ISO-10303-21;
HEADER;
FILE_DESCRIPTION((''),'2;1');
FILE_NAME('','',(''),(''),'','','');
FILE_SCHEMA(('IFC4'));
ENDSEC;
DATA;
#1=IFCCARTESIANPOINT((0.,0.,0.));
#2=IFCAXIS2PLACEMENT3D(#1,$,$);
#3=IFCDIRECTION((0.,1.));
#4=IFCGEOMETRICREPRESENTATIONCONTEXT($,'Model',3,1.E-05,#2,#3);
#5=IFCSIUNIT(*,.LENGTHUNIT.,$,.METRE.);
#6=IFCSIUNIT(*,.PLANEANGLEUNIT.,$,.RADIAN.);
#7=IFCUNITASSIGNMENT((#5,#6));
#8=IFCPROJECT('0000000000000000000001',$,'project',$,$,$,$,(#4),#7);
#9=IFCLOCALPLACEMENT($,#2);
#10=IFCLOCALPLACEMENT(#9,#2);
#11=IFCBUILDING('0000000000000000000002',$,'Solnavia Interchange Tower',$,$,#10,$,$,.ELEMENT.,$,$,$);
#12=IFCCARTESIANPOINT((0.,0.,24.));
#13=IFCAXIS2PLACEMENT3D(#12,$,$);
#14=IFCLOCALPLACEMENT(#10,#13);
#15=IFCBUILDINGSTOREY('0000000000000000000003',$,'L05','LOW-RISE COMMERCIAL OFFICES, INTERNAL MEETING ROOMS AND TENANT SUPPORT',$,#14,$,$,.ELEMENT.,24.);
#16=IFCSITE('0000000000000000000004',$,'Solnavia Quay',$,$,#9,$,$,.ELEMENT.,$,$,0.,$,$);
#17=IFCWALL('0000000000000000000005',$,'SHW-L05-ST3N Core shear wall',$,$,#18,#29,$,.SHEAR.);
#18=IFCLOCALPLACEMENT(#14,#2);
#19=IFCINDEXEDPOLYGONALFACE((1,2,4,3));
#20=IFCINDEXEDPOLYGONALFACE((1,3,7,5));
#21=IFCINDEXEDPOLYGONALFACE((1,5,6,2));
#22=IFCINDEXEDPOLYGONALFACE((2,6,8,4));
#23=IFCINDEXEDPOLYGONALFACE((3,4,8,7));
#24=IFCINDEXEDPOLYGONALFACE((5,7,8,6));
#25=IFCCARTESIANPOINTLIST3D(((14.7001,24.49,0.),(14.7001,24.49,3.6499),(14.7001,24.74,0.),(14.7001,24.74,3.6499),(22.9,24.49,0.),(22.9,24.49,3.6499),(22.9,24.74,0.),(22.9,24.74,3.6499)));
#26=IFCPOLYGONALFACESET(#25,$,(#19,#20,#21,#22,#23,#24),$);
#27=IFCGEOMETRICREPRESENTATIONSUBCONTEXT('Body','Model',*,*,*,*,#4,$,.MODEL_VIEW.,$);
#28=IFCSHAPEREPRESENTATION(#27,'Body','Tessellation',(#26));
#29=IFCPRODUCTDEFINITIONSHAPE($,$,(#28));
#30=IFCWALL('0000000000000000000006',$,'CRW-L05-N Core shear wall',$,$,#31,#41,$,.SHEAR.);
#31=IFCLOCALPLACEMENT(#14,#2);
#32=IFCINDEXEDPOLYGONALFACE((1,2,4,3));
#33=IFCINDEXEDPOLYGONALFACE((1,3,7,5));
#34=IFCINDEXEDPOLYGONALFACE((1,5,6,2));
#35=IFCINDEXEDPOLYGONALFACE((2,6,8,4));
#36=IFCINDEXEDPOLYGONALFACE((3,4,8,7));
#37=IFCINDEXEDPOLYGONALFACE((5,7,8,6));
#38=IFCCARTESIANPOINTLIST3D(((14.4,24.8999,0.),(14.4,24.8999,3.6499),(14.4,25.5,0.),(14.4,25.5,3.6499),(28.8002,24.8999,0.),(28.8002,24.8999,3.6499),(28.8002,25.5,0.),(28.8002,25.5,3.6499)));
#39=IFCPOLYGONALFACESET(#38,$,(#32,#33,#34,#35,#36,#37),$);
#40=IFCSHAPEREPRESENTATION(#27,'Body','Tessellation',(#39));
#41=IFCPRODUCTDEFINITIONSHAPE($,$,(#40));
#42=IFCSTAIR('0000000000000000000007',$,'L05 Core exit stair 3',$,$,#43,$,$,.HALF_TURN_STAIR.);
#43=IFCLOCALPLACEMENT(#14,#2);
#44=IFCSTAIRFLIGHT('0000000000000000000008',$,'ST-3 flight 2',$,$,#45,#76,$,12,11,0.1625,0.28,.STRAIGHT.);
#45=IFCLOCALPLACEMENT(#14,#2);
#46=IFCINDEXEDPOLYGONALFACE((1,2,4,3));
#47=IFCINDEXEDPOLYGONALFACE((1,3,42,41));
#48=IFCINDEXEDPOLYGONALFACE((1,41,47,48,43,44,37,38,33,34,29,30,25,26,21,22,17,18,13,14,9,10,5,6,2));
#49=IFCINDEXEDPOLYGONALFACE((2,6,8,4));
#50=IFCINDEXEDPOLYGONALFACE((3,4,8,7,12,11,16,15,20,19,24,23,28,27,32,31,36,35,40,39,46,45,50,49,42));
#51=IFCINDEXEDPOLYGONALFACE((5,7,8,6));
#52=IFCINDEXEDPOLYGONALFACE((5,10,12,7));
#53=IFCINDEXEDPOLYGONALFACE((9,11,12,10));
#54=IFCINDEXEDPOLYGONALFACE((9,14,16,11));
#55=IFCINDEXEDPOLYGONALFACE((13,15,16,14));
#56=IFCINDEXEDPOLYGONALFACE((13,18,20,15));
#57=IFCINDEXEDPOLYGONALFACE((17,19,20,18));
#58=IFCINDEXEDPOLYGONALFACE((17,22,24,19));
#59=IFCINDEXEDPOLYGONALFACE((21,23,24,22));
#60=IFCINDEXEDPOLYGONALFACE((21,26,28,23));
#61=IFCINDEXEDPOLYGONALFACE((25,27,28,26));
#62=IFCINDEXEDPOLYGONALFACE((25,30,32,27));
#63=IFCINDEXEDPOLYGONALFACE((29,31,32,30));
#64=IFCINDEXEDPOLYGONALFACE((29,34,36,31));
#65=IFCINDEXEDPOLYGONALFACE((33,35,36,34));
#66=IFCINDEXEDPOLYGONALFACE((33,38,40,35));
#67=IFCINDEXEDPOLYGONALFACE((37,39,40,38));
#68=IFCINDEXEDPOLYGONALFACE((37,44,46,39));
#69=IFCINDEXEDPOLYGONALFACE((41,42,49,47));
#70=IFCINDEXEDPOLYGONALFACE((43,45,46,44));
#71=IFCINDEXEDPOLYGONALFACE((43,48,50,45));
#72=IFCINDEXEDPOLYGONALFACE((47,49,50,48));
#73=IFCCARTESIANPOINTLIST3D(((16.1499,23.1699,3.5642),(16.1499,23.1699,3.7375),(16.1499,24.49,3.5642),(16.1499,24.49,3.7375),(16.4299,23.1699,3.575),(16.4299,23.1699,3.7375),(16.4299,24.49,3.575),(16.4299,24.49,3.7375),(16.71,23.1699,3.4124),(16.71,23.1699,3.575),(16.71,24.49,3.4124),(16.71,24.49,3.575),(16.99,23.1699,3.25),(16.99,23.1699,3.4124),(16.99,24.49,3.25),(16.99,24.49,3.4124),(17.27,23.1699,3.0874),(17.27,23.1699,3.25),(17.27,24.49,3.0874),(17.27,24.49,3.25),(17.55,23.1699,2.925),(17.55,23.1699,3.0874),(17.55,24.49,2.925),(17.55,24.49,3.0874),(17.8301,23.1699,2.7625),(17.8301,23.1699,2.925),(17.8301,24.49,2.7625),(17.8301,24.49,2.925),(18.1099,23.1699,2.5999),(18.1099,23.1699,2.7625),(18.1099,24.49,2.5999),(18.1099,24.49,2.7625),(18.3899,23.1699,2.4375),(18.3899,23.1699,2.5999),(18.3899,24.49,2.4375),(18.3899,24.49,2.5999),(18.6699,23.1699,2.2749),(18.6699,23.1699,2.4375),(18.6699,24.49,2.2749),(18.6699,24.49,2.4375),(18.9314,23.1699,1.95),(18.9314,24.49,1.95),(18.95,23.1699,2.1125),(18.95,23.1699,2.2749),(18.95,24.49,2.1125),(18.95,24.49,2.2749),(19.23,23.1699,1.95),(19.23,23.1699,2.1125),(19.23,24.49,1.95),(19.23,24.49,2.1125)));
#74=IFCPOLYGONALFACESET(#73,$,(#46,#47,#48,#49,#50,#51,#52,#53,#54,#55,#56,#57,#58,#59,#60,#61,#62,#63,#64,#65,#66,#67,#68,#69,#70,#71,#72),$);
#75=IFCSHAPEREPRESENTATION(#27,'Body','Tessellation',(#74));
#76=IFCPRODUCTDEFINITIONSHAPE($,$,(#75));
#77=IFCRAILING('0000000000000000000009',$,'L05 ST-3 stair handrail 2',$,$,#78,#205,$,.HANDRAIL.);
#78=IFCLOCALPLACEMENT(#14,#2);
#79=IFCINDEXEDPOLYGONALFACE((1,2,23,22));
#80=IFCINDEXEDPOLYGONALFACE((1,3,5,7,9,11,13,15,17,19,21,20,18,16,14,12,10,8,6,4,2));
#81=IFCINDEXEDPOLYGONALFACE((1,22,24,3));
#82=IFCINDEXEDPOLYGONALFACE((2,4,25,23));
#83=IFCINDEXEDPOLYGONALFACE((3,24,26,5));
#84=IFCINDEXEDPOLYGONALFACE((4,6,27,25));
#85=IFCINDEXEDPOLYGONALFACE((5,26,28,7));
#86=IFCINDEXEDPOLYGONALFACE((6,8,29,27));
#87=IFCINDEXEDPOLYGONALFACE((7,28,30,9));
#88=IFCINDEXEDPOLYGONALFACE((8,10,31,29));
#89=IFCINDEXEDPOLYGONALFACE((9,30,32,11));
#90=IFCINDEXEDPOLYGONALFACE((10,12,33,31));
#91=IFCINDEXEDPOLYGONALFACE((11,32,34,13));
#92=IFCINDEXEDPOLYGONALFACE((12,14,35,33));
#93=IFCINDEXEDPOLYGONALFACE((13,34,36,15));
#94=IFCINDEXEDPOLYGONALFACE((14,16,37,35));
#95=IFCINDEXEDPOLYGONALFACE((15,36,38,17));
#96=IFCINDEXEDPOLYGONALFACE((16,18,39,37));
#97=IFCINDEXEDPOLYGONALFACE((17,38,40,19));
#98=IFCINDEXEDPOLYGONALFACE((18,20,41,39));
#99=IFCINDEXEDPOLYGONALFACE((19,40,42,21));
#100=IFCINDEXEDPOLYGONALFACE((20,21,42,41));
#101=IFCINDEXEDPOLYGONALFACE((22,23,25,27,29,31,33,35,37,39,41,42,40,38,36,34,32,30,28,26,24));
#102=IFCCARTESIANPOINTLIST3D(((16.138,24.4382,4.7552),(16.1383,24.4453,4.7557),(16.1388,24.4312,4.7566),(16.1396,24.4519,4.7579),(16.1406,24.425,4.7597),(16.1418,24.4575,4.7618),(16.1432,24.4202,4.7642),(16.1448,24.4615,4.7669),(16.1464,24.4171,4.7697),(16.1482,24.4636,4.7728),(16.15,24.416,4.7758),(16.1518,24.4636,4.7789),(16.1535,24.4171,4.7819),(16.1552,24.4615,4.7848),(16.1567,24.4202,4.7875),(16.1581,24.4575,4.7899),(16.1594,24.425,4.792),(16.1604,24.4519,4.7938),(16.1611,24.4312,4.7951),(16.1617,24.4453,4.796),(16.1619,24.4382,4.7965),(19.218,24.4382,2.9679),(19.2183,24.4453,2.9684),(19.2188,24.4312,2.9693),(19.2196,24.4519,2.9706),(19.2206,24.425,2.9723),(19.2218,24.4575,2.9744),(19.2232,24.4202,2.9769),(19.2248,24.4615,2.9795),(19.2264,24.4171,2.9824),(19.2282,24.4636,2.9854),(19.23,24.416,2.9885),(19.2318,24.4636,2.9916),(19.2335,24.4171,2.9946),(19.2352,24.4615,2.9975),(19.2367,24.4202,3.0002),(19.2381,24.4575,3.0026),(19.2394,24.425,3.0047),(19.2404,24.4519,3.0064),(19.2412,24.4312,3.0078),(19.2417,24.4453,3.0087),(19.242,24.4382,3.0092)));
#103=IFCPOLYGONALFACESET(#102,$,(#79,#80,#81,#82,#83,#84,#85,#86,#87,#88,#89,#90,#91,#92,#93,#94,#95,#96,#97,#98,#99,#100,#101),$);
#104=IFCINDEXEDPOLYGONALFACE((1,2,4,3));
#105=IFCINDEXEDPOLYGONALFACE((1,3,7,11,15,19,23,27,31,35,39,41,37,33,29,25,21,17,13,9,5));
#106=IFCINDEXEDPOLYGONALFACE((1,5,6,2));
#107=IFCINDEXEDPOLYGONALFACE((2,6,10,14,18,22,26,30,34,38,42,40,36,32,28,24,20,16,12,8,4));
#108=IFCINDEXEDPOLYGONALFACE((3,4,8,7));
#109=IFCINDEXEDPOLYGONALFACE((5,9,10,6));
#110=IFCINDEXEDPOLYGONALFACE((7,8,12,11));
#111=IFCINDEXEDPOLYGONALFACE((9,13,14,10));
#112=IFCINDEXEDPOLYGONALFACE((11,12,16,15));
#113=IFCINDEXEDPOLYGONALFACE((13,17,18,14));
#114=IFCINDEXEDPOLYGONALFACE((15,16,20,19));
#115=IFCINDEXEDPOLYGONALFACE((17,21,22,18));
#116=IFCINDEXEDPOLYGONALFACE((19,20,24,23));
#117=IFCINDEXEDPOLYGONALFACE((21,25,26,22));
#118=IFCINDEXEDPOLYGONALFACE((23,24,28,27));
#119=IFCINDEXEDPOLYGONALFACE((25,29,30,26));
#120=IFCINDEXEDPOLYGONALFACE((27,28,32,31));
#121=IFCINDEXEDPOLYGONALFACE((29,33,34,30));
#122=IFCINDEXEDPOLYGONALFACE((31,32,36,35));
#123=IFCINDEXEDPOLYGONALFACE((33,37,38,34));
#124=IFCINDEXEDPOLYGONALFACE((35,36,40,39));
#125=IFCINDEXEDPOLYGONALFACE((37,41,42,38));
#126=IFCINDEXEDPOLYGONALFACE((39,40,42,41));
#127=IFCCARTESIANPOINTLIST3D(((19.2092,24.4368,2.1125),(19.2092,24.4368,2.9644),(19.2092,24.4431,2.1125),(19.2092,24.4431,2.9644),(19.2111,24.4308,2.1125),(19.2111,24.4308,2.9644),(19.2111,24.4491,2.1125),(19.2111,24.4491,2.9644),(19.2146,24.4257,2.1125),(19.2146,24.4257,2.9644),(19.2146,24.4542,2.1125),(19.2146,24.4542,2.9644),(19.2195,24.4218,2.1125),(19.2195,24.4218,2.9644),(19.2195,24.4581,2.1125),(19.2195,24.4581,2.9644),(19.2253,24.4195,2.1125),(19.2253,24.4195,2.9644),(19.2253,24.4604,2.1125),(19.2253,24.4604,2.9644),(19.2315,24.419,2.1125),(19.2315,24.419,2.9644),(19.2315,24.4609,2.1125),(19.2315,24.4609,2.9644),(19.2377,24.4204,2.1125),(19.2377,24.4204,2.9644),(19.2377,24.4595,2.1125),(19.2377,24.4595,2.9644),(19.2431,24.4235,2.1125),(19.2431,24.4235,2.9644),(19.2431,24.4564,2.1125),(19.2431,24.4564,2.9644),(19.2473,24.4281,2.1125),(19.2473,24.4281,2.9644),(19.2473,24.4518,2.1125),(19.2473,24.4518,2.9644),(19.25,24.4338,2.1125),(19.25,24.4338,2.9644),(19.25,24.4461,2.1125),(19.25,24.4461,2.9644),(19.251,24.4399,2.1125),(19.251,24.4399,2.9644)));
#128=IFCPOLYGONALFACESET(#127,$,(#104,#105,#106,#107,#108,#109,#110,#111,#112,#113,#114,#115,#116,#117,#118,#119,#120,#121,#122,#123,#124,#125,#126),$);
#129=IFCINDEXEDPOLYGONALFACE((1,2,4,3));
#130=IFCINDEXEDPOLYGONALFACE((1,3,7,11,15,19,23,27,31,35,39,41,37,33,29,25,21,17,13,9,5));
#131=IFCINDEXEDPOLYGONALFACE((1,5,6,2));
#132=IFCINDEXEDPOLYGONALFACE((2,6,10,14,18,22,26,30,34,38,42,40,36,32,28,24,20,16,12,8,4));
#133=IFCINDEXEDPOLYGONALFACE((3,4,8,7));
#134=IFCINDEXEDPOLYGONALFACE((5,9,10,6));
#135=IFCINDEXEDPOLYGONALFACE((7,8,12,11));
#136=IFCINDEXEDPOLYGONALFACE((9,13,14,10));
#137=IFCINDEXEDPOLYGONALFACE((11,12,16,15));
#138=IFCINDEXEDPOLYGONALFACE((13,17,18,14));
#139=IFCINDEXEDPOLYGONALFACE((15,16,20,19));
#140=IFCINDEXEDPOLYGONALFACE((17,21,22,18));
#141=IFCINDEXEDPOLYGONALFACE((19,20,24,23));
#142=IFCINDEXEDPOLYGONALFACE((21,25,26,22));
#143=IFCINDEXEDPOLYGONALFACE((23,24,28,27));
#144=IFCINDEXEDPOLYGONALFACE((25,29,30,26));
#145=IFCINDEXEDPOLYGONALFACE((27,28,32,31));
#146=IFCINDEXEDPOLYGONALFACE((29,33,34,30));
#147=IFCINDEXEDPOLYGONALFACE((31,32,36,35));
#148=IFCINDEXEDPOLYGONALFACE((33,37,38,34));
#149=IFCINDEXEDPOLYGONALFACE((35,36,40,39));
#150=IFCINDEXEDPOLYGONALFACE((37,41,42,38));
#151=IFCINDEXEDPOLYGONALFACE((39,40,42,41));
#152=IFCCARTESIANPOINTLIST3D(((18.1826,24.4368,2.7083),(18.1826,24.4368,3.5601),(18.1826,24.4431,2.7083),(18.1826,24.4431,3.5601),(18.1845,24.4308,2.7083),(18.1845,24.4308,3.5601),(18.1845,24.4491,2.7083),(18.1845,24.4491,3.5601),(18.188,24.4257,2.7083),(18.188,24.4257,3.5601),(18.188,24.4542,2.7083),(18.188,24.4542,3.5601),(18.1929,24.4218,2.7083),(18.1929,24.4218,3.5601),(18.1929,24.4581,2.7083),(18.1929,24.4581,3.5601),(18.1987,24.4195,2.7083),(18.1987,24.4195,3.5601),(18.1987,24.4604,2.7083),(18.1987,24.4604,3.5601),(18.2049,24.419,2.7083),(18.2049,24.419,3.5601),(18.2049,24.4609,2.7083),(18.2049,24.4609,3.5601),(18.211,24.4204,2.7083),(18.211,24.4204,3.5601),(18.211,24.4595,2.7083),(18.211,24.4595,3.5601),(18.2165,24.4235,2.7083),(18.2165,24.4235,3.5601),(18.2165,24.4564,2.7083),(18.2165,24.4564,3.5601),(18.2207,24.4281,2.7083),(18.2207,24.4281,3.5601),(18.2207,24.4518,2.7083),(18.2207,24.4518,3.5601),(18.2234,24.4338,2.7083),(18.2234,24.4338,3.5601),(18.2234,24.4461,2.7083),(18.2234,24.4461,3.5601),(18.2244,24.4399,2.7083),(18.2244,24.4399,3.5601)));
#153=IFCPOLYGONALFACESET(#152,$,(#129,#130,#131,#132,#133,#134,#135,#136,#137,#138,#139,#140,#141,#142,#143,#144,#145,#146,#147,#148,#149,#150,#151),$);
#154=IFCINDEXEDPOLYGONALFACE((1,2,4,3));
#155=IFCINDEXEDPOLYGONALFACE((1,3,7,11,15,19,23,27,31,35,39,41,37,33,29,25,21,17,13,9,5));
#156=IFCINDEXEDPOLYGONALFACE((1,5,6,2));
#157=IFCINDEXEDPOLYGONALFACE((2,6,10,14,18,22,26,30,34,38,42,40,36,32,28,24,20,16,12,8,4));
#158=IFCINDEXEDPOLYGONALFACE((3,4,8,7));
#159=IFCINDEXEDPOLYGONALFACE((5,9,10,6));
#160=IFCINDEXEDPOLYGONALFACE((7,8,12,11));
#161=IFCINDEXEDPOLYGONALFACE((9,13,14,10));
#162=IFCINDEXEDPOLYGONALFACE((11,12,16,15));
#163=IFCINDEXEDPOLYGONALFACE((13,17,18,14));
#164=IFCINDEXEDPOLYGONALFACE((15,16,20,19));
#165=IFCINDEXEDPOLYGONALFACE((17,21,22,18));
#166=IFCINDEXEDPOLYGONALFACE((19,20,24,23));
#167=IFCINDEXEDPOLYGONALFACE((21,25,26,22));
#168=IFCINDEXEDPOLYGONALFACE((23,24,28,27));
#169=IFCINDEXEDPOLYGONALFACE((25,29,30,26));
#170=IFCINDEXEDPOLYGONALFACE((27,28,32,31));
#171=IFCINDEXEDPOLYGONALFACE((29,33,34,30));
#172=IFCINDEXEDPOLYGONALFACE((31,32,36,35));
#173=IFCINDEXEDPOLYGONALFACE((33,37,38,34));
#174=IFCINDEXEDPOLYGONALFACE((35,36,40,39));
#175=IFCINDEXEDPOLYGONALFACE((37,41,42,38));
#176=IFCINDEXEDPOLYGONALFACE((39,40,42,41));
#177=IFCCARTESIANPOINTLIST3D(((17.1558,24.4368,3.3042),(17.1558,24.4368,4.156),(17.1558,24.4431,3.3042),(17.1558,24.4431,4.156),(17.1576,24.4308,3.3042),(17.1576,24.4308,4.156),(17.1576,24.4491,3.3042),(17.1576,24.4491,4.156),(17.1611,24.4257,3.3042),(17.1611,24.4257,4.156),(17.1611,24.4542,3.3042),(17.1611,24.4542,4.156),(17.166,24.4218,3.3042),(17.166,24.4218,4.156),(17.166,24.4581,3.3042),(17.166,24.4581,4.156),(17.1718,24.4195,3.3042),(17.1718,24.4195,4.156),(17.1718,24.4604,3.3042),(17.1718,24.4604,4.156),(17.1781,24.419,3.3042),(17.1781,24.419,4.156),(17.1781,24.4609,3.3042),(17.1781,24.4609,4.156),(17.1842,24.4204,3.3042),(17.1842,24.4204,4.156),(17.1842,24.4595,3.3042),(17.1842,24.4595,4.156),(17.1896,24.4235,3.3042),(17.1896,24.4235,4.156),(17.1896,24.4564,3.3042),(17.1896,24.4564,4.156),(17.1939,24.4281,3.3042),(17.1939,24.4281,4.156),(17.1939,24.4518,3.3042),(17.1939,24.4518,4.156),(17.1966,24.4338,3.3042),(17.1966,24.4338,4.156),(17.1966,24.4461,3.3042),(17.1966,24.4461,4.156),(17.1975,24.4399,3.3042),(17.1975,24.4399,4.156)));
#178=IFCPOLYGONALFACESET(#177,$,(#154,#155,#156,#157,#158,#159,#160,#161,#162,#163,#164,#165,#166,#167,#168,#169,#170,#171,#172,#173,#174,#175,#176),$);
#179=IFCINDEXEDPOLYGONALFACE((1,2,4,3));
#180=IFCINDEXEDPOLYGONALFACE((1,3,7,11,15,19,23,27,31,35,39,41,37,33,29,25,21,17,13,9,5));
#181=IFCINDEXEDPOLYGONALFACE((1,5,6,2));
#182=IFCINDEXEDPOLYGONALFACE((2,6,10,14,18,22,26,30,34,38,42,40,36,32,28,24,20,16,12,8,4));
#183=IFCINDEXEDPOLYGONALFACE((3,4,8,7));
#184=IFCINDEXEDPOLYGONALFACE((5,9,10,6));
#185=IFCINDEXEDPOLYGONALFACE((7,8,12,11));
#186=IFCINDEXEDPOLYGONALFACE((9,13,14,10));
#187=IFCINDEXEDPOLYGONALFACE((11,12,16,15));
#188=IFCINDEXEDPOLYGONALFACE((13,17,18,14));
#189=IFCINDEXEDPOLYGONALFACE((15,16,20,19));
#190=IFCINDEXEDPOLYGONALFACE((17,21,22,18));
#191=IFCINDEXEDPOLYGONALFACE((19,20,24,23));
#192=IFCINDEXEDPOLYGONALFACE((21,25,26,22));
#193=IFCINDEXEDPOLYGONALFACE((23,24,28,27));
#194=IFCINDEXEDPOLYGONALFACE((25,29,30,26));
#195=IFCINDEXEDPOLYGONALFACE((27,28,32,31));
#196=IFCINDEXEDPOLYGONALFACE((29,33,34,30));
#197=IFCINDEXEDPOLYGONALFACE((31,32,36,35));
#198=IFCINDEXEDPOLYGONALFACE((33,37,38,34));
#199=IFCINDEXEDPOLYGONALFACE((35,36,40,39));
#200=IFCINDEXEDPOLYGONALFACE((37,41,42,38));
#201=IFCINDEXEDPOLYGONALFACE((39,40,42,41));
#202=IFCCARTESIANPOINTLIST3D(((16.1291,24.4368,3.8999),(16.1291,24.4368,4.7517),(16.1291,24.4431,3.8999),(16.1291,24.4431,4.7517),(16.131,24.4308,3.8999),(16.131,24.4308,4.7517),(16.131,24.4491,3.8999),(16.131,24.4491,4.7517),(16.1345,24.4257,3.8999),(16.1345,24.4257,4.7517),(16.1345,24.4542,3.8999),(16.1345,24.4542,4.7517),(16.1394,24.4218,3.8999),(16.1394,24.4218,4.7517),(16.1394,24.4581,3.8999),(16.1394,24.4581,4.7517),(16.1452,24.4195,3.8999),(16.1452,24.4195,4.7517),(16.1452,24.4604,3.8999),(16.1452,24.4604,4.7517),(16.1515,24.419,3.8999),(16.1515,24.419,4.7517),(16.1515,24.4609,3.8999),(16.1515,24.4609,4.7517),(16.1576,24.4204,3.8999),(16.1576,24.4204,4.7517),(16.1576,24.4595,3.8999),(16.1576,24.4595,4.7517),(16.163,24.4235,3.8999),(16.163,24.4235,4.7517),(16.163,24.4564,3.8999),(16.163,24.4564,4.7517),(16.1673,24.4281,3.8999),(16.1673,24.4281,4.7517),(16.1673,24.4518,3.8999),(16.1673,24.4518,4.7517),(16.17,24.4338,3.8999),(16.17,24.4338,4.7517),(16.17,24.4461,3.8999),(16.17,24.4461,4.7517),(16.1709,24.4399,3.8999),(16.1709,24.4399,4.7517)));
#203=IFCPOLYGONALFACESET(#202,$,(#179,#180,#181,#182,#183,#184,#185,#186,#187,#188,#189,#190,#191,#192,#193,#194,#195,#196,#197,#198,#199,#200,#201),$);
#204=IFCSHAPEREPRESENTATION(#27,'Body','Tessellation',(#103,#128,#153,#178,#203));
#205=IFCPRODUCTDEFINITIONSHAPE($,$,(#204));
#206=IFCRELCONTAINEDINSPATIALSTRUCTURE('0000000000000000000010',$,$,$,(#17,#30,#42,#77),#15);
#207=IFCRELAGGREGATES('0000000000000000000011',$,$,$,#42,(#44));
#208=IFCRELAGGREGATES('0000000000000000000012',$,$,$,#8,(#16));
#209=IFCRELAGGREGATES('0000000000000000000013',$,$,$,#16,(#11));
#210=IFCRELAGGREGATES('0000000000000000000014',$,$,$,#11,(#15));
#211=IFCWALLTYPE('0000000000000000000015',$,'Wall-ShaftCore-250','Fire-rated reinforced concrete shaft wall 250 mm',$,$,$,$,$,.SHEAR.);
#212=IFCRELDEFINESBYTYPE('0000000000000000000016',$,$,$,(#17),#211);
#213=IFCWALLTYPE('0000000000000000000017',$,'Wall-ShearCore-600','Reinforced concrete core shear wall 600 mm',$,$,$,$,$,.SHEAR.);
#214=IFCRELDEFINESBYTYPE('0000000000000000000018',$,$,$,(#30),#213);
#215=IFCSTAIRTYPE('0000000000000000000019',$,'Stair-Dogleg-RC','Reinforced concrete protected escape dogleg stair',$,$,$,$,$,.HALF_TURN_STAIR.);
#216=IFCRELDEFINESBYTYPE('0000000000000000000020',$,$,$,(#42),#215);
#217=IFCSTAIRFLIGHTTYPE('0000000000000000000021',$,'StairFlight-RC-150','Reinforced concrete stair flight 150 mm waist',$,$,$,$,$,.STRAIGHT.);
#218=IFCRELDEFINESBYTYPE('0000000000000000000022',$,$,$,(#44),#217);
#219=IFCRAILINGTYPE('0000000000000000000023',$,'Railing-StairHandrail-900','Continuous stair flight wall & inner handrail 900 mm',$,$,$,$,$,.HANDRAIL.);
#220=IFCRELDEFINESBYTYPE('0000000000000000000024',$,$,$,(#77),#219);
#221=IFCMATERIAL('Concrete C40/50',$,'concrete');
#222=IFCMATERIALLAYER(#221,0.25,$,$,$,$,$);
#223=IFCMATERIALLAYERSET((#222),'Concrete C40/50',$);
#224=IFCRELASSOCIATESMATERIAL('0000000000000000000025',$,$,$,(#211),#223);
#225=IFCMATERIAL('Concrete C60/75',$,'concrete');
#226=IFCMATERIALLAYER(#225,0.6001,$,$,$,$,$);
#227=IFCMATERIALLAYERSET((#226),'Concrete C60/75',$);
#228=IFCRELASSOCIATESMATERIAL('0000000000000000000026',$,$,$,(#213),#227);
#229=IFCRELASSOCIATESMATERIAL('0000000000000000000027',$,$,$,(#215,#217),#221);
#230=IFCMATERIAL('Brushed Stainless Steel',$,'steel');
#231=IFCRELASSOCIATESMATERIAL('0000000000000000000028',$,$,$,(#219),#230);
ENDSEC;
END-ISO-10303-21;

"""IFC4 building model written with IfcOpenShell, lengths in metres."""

from ifc_helpers import new_model, si_unit, direction, frame, frame_2d, origin, origin_2d, place, context, subcontext, project, spatial, polyline, rectangle, circle, outline, extrude, material, layer, layer_set, type_object, element, aggregate, save


model = new_model("IFC4")

# Units and contexts
model_context = context("Model", 3, precision=1e-05, world=origin(), true_north=direction((0.0, 1.0)))
body_context = subcontext(model_context, "Body", "Model", "MODEL_VIEW")
ifc_project = project(units=[si_unit("LENGTHUNIT", "METRE"), si_unit("PLANEANGLEUNIT", "RADIAN")], contexts=[model_context])

# Site, building, storey
site_placement = place(None, origin())
site = spatial("IfcSite", under=ifc_project, at=site_placement, Name="Solnavia Quay", CompositionType="ELEMENT", RefElevation=0.0)
building_placement = place(site_placement, origin())
building = spatial("IfcBuilding", under=site, at=building_placement, Name="Solnavia Interchange Tower", CompositionType="ELEMENT")
storey_placement = place(building_placement, frame((0.0, 0.0, 24.0)))
storey = spatial("IfcBuildingStorey", under=building, at=storey_placement, Name="L05", Description="LOW-RISE COMMERCIAL OFFICES, INTERNAL MEETING ROOMS AND TENANT SUPPORT", CompositionType="ELEMENT", Elevation=24.0)

# Shared definitions
ifc_material_1 = material(Name="Concrete C60/75", Category="concrete")

# Walls
ifc_material_2 = material(Name="Concrete C40/50", Category="concrete")
ifc_layer_1 = layer(ifc_material_2, 0.25)
ifc_layer_set_1 = layer_set([ifc_layer_1], Name="Concrete C40/50")
wall_type_1 = type_object("IfcWallType", Name="Wall-ShaftCore-250", Description="Fire-rated reinforced concrete shaft wall 250 mm", PredefinedType="SHEAR", material=ifc_layer_set_1)
wall_1_placement = place(storey_placement, frame((14.7, 24.615, 0.0), z_axis=(0.0, 0.0, 1.0), x_axis=(1.0, 0.0, 0.0)))
element("IfcWall", 1, at=wall_1_placement, inside=storey, type_object=wall_type_1, Name="SHW-L05-ST3N Core shear wall", PredefinedType="SHEAR", context=body_context, shape_type="SweptSolid", body=[
    extrude(rectangle(XDim=8.2, YDim=0.25, at=frame_2d((4.1001, 0.0))), origin(), (0.0, 0.0, 1.0), 3.6499),
])
ifc_layer_2 = layer(ifc_material_1, 0.6001)
ifc_layer_set_2 = layer_set([ifc_layer_2], Name="Concrete C60/75")
wall_type_2 = type_object("IfcWallType", Name="Wall-ShearCore-600", Description="Reinforced concrete core shear wall 600 mm", PredefinedType="SHEAR", material=ifc_layer_set_2)
wall_2_placement = place(storey_placement, frame((14.3999, 25.2, 0.0), z_axis=(0.0, 0.0, 1.0), x_axis=(1.0, 0.0, 0.0)))
element("IfcWall", 2, at=wall_2_placement, inside=storey, type_object=wall_type_2, Name="CRW-L05-N Core shear wall", PredefinedType="SHEAR", context=body_context, shape_type="SweptSolid", body=[
    extrude(rectangle(XDim=14.4001, YDim=0.6001, at=frame_2d((7.2002, 0.0))), origin(), (0.0, 0.0, 1.0), 3.6499),
])

# Stair, stair flight
stair_type = type_object("IfcStairType", Name="Stair-Dogleg-RC", Description="Reinforced concrete protected escape dogleg stair", PredefinedType="HALF_TURN_STAIR", material=ifc_material_2)
stair_placement = place(storey_placement, origin())
stair = element("IfcStair", 3, at=stair_placement, inside=storey, type_object=stair_type, Name="L05 Core exit stair 3", PredefinedType="HALF_TURN_STAIR")
stair_flight_type = type_object("IfcStairFlightType", Name="StairFlight-RC-150", Description="Reinforced concrete stair flight 150 mm waist", PredefinedType="STRAIGHT", material=ifc_material_2)
stair_flight_placement = place(storey_placement, frame((19.23, 23.8301, 1.95), z_axis=(0.0, 0.0, 1.0), x_axis=(-1.0, 0.0, 0.0)))
stair_flight = element("IfcStairFlight", 4, at=stair_flight_placement, type_object=stair_flight_type, Name="ST-3 flight 2", NumberOfRisers=12, NumberOfTreads=11, PredefinedType="STRAIGHT", RiserHeight=0.1625, TreadLength=0.28, context=body_context, shape_type="SweptSolid", body=[
    extrude(outline(polyline([(0.0, 0.0), (0.0, 0.1626), (0.28, 0.1626), (0.28, 0.325), (0.5601, 0.325), (0.5601, 0.4875), (0.8401, 0.4875), (0.8401, 0.6499), (1.1201, 0.6499), (1.1201, 0.8125), (1.3999, 0.8125), (1.3999, 0.9751), (1.6799, 0.9751), (1.6799, 1.1375), (1.96, 1.1375), (1.96, 1.3), (2.24, 1.3), (2.24, 1.4624), (2.52, 1.4624), (2.52, 1.625), (2.8, 1.625), (2.8, 1.7876), (3.0801, 1.7876), (3.0801, 1.95), (3.0801, 1.6143), (0.2986, 0.0), (0.0, 0.0)])), frame((0.0, 0.6602, 0.0), z_axis=(0.0, -1.0, 0.0), x_axis=(1.0, 0.0, 0.0)), (0.0, 0.0, 1.0), 1.3201),
])
aggregate(stair, [stair_flight])

# Railing
ifc_material_3 = material(Name="Brushed Stainless Steel", Category="steel")
railing_type = type_object("IfcRailingType", Name="Railing-StairHandrail-900", Description="Continuous stair flight wall & inner handrail 900 mm", PredefinedType="HANDRAIL", material=ifc_material_3)
railing_placement = place(storey_placement, frame((19.23, 24.4399, 2.1125)))
element("IfcRailing", 5, at=railing_placement, inside=storey, type_object=railing_type, Name="L05 ST-3 stair handrail 2", PredefinedType="HANDRAIL", context=body_context, shape_type="SweptSolid", body=[
    extrude(circle(Radius=0.0239, at=origin_2d()), frame((0.0, 0.0, 0.876), z_axis=(-0.86492, 0.0, 0.501909), x_axis=(0.0, -1.0, 0.0)), (0.0, 0.0, 1.0), 3.561),
    extrude(circle(Radius=0.021, at=origin_2d()), origin(), (0.0, 0.0, 1.0), 0.8518),
    extrude(circle(Radius=0.021, at=origin_2d()), frame((-1.0266, 0.0, 0.5957)), (0.0, 0.0, 1.0), 0.8518),
    extrude(circle(Radius=0.021, at=origin_2d()), frame((-2.0535, 0.0, 1.1917)), (0.0, 0.0, 1.0), 0.8518),
    extrude(circle(Radius=0.021, at=origin_2d()), frame((-3.0801, 0.0, 1.7874)), (0.0, 0.0, 1.0), 0.8518),
])

save(model, "model.ifc")
